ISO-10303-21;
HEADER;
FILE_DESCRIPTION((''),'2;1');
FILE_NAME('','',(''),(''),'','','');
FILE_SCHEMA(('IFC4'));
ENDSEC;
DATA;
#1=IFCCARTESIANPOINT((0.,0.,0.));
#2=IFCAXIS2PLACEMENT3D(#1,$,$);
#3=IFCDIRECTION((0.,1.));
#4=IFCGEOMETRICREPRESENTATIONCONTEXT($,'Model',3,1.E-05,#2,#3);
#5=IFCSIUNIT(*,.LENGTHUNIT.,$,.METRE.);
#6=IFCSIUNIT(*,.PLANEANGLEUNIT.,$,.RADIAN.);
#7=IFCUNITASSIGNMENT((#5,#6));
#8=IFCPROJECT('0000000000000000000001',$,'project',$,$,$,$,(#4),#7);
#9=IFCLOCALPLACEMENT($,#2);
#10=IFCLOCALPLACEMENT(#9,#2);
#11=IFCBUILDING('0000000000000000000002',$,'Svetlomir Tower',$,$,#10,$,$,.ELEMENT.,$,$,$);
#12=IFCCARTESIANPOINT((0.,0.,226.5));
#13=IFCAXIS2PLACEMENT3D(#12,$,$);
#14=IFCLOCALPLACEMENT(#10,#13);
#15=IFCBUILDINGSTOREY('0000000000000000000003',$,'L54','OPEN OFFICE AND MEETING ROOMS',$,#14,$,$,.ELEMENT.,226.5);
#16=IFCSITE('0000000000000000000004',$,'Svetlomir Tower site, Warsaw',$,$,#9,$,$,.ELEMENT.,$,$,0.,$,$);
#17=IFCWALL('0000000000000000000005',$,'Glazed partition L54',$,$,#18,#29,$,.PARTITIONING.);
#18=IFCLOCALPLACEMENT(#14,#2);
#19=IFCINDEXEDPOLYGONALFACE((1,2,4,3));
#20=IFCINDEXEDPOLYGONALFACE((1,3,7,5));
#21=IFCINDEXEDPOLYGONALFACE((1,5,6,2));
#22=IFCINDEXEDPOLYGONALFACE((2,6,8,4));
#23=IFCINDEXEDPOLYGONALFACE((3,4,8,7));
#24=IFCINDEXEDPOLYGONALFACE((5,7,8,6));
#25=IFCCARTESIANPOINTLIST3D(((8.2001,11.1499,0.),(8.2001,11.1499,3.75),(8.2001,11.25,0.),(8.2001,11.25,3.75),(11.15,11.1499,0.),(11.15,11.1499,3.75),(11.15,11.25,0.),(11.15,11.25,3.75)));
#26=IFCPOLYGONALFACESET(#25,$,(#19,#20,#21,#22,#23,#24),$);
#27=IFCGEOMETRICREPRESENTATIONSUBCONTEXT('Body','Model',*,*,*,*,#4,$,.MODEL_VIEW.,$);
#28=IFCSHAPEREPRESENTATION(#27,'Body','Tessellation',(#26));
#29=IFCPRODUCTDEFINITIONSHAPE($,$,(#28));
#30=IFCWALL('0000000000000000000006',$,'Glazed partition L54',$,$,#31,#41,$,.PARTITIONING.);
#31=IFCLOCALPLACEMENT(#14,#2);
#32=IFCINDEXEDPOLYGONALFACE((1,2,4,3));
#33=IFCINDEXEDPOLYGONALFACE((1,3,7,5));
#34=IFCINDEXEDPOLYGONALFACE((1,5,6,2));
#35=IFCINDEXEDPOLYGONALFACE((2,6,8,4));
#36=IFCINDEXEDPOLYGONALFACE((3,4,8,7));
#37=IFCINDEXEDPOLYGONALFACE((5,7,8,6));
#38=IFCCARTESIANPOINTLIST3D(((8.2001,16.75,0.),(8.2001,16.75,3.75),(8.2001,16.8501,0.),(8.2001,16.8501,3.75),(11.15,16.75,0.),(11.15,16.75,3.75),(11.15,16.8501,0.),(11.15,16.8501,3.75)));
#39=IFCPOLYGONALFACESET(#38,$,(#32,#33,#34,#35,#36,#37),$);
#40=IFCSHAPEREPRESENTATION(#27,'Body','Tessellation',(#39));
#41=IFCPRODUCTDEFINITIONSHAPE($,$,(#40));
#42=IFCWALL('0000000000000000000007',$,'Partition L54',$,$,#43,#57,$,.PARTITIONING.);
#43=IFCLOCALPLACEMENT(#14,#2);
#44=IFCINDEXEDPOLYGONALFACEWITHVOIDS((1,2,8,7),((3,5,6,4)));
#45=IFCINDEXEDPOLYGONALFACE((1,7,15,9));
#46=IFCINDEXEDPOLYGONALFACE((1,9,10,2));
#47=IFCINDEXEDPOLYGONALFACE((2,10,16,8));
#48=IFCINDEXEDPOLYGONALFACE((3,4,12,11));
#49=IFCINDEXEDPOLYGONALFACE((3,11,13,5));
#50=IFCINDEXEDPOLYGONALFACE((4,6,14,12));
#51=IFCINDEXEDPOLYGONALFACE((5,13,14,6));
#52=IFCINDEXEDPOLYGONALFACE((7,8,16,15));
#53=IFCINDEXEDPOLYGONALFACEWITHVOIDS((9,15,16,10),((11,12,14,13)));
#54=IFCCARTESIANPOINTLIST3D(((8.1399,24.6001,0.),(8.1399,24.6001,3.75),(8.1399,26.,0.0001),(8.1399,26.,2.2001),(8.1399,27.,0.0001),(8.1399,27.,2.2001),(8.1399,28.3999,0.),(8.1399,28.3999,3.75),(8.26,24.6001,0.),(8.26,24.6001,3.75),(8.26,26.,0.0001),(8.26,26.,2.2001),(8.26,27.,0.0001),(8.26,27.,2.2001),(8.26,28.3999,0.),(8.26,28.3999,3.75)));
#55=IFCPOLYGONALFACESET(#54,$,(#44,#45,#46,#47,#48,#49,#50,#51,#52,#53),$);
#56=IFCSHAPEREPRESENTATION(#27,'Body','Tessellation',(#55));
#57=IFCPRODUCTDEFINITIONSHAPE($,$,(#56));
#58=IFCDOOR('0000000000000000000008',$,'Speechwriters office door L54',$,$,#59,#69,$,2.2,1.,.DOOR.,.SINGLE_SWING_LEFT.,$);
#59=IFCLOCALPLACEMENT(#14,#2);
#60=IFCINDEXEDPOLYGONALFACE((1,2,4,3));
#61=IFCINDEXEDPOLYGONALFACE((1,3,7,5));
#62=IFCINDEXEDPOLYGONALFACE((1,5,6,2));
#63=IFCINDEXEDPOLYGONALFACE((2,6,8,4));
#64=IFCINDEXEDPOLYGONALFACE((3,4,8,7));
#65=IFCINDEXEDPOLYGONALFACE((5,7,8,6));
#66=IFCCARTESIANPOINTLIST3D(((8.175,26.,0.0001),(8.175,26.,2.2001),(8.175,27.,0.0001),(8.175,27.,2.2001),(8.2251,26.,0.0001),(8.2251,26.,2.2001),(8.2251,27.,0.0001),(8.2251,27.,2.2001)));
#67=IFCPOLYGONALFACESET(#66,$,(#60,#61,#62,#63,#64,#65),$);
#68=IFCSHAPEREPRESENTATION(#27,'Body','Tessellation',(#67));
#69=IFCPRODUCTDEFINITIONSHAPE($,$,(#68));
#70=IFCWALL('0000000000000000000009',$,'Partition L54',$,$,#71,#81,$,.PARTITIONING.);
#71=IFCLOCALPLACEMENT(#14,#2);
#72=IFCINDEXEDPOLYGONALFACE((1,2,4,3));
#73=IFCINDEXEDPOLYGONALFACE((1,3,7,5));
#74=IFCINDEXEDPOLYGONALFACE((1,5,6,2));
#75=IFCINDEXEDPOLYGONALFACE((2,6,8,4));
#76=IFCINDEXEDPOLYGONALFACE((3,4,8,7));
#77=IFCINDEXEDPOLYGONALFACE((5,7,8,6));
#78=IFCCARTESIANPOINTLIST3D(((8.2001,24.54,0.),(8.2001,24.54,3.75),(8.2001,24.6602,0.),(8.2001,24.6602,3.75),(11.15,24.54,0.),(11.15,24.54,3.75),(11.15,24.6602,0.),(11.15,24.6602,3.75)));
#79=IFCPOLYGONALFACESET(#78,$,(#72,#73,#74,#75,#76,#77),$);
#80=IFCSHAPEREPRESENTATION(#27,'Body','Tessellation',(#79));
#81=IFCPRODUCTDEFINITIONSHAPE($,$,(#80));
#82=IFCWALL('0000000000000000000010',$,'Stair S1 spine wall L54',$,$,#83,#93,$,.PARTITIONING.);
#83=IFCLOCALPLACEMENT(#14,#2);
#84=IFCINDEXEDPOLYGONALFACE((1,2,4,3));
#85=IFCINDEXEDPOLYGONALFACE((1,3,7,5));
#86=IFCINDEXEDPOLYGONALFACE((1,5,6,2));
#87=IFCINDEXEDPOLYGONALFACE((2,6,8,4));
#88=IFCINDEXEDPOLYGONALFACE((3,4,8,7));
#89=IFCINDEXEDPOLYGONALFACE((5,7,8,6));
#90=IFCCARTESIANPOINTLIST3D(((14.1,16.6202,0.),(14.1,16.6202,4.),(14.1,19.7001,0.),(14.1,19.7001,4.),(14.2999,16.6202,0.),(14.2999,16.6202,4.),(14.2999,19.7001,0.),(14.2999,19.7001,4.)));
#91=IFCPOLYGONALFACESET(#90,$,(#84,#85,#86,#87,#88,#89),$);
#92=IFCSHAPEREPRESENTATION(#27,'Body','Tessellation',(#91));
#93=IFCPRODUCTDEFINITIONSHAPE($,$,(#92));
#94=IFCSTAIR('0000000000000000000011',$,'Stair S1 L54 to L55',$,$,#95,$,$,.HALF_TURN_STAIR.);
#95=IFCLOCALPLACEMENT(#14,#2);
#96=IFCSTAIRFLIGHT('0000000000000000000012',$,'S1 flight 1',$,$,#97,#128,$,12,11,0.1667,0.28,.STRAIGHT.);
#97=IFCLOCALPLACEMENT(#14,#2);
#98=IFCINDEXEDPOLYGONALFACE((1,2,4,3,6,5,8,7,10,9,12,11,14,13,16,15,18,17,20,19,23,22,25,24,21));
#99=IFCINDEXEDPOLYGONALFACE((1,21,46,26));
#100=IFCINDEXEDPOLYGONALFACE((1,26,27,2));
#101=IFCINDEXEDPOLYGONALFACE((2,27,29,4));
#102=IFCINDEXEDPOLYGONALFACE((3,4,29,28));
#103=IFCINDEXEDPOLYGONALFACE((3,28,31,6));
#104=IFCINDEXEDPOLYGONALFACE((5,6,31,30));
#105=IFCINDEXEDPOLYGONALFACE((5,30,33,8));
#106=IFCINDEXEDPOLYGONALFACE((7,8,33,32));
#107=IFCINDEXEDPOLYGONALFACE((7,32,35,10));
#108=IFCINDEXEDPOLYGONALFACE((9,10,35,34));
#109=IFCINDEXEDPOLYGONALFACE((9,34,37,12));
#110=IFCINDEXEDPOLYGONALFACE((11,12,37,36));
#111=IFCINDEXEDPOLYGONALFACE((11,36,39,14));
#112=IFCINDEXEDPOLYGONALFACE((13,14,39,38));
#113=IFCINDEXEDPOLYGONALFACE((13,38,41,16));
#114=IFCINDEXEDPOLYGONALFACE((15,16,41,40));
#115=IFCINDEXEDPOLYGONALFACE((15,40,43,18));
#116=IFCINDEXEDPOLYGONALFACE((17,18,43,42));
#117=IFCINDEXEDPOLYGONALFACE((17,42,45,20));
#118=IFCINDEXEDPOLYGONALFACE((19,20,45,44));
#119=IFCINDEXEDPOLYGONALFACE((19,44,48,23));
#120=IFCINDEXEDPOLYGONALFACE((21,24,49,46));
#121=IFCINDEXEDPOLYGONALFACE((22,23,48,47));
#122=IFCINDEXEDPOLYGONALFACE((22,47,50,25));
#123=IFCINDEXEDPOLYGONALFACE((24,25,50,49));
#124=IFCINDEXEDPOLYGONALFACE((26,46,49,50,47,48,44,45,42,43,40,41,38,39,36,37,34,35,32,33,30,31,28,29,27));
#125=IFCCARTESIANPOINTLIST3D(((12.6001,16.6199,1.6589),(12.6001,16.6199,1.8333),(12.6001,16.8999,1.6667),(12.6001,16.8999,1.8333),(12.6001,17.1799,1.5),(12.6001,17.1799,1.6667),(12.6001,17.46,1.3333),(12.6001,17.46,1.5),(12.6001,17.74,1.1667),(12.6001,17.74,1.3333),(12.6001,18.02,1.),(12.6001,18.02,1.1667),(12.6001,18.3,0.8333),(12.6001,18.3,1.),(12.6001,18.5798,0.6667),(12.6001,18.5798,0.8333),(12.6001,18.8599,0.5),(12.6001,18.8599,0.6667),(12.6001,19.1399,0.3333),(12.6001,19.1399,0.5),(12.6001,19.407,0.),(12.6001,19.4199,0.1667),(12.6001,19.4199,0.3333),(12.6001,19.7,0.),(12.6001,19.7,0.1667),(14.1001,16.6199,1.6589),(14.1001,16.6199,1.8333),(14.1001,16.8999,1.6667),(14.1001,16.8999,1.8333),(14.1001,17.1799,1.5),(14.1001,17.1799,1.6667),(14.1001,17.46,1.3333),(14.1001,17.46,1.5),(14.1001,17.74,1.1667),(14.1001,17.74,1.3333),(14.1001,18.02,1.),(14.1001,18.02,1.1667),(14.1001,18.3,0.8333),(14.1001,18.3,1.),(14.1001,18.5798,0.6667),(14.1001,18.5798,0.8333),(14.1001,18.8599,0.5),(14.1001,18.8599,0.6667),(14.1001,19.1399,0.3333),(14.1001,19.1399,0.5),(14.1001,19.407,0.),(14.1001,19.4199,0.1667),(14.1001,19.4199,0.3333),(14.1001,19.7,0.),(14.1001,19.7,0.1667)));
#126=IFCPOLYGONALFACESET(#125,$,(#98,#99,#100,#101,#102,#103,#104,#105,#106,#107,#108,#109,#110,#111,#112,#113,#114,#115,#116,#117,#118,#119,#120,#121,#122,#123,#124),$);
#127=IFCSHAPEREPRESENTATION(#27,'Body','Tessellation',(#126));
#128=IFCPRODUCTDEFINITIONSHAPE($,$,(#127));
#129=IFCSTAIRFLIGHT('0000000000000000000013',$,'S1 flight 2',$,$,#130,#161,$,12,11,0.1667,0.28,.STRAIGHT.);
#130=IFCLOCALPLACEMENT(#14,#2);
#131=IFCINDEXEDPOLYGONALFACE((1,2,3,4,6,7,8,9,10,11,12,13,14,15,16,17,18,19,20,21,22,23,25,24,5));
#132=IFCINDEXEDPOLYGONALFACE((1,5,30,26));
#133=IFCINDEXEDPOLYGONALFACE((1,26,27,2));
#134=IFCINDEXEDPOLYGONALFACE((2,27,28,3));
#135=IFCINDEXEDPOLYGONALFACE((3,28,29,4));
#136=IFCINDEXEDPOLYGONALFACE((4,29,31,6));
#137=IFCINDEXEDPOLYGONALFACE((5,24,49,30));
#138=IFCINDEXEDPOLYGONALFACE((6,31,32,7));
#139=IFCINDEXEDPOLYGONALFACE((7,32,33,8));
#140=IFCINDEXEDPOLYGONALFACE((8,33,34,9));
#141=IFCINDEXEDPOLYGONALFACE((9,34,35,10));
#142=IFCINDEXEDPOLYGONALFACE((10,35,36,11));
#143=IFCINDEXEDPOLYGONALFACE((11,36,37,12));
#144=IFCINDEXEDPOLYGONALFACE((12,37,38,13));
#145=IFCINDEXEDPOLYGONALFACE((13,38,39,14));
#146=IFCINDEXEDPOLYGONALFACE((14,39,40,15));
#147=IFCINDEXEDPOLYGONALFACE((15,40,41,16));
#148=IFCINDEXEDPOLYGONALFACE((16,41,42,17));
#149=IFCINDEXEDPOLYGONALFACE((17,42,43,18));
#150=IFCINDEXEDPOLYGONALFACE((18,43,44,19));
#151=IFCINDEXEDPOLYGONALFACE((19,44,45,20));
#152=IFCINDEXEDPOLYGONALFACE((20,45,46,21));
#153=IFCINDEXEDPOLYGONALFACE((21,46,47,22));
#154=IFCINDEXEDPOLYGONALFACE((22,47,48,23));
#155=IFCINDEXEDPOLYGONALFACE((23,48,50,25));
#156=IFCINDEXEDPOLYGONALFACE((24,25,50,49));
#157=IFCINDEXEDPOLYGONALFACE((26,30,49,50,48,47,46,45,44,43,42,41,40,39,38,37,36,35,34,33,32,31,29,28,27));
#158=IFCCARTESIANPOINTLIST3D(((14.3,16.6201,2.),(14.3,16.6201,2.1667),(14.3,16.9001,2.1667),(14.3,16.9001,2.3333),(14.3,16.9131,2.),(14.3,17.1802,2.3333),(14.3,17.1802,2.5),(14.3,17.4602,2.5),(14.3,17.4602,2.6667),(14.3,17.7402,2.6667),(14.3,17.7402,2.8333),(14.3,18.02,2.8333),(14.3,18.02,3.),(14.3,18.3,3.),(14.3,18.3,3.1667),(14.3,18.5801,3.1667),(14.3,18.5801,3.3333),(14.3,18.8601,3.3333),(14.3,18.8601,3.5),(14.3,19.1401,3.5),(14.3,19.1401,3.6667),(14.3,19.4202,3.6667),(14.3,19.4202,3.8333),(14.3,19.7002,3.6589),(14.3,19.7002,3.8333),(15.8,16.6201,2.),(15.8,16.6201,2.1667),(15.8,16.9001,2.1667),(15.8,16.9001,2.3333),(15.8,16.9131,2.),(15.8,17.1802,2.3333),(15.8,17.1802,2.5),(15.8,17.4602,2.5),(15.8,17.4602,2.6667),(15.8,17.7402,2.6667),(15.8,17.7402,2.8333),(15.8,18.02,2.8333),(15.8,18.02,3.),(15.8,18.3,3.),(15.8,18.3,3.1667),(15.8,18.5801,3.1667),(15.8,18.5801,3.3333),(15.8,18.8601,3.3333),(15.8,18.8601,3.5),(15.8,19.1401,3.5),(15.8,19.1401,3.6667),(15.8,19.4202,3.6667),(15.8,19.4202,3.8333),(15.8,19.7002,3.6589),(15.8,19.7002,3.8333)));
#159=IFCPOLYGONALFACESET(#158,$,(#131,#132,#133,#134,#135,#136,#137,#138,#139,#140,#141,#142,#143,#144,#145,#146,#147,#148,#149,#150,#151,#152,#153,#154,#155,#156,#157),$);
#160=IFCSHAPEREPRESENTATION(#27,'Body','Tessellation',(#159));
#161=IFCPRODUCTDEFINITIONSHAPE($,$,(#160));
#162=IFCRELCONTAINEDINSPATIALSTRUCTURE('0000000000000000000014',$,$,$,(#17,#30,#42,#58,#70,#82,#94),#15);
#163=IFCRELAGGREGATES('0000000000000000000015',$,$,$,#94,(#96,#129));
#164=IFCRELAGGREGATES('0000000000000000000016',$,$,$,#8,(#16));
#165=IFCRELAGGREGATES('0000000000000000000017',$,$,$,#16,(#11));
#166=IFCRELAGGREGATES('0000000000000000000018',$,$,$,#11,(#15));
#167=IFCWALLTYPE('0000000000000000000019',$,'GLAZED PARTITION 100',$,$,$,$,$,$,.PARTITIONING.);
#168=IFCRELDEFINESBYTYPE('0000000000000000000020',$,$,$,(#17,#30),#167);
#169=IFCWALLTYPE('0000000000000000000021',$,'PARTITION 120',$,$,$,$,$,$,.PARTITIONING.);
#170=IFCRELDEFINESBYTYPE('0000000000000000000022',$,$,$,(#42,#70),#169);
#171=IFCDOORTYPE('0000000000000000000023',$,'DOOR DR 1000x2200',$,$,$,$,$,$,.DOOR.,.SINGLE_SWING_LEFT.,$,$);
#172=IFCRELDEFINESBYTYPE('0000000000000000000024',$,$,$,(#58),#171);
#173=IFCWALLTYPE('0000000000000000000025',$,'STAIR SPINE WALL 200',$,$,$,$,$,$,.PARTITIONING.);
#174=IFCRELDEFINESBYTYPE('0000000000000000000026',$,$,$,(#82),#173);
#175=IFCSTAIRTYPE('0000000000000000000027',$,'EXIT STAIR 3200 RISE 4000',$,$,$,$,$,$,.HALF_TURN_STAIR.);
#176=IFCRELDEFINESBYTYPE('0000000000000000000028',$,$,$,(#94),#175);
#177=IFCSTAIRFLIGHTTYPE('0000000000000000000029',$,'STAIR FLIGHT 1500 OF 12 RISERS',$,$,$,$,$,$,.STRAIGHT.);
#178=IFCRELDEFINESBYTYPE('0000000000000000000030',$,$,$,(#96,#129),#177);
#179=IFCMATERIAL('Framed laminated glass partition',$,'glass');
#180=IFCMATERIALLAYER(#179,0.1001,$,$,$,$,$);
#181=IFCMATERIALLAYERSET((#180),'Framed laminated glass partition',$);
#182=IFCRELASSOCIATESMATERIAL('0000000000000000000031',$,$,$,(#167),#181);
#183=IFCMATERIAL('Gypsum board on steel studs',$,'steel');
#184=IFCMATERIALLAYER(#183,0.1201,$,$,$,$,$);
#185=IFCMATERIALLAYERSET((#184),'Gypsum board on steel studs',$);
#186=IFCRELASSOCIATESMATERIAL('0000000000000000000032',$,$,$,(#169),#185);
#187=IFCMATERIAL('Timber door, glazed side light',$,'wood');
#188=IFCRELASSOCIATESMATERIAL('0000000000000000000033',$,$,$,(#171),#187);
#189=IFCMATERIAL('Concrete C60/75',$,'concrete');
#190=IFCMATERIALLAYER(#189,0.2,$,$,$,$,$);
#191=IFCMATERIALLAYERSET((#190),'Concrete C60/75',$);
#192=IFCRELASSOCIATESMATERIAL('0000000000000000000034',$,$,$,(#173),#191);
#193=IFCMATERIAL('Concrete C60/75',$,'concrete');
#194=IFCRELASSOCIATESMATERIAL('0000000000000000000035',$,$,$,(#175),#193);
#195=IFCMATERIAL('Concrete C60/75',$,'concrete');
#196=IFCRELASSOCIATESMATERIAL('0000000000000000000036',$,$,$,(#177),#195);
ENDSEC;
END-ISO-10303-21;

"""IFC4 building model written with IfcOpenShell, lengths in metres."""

from ifc_helpers import new_model, si_unit, direction, frame, frame_2d, origin, place, context, subcontext, project, spatial, polyline, rectangle, outline, extrude, material, layer, layer_set, type_object, element, fill, aggregate, save


model = new_model("IFC4")

# Units and contexts
model_context = context("Model", 3, precision=1e-05, world=origin(), true_north=direction((0.0, 1.0)))
body_context = subcontext(model_context, "Body", "Model", "MODEL_VIEW")
ifc_project = project(units=[si_unit("LENGTHUNIT", "METRE"), si_unit("PLANEANGLEUNIT", "RADIAN")], contexts=[model_context])

# Site, building, storey
site_placement = place(None, origin())
site = spatial("IfcSite", under=ifc_project, at=site_placement, Name="Svetlomir Tower site, Warsaw", CompositionType="ELEMENT", RefElevation=0.0)
building_placement = place(site_placement, origin())
building = spatial("IfcBuilding", under=site, at=building_placement, Name="Svetlomir Tower", CompositionType="ELEMENT")
storey_placement = place(building_placement, frame((0.0, 0.0, 226.5)))
storey = spatial("IfcBuildingStorey", under=building, at=storey_placement, Name="L54", Description="OPEN OFFICE AND MEETING ROOMS", CompositionType="ELEMENT", Elevation=226.5)

# Shared definitions
ifc_material_1 = material(Name="Framed laminated glass partition", Category="glass")
ifc_layer_1 = layer(ifc_material_1, 0.1001)
ifc_layer_set_1 = layer_set([ifc_layer_1], Name="Framed laminated glass partition")
wall_type_1 = type_object("IfcWallType", Name="GLAZED PARTITION 100", PredefinedType="PARTITIONING", material=ifc_layer_set_1)

# Walls
for number, where, z_axis, x_axis, name in (
    (1, (8.2, 11.2, 0.0), (0.0, 0.0, 1.0), (1.0, 0.0, 0.0), "Glazed partition L54"),
    (2, (8.2, 16.8, 0.0), (0.0, 0.0, 1.0), (1.0, 0.0, 0.0), "Glazed partition L54"),
):
    element("IfcWall", number, at=place(storey_placement, frame(where, z_axis=z_axis, x_axis=x_axis)), inside=storey, type_object=wall_type_1, Name=name, PredefinedType="PARTITIONING", context=body_context, shape_type="SweptSolid", body=[
        extrude(rectangle(XDim=2.95, YDim=0.1001, at=frame_2d((1.4751, 0.0))), origin(), (0.0, 0.0, 1.0), 3.75),
    ])

# Wall, opening, door
ifc_material_2 = material(Name="Gypsum board on steel studs", Category="steel")
ifc_layer_2 = layer(ifc_material_2, 0.1201)
ifc_layer_set_2 = layer_set([ifc_layer_2], Name="Gypsum board on steel studs")
wall_type_2 = type_object("IfcWallType", Name="PARTITION 120", PredefinedType="PARTITIONING", material=ifc_layer_set_2)
wall_1_placement = place(storey_placement, frame((8.2, 24.6001, 0.0), z_axis=(0.0, 0.0, 1.0), x_axis=(0.0, 1.0, 0.0)))
wall_1 = element("IfcWall", 3, at=wall_1_placement, inside=storey, type_object=wall_type_2, Name="Partition L54", PredefinedType="PARTITIONING", context=body_context, shape_type="SweptSolid", body=[
    extrude(rectangle(XDim=3.7998, YDim=0.1201, at=frame_2d((1.8999, 0.0))), origin(), (0.0, 0.0, 1.0), 3.75),
])
opening_1_placement = place(wall_1_placement, frame((1.3999, 0.0, 0.0)))
opening_1 = element("IfcOpeningElement", 4, at=opening_1_placement, cuts=wall_1, PredefinedType="OPENING", context=body_context, shape_type="SweptSolid", body=[
    extrude(rectangle(XDim=1.0, YDim=2.2, at=frame_2d((0.5, 1.1001))), frame((0.0, 0.0701, 0.0), z_axis=(0.0, -1.0, 0.0), x_axis=(1.0, 0.0, 0.0)), (0.0, 0.0, 1.0), 0.1401),
])
ifc_material_3 = material(Name="Timber door, glazed side light", Category="wood")
door_type_1 = type_object("IfcDoorType", Name="DOOR DR 1000x2200", OperationType="SINGLE_SWING_LEFT", PredefinedType="DOOR", material=ifc_material_3)
door_1_placement = place(opening_1_placement, origin())
door_1 = element("IfcDoor", 5, at=door_1_placement, inside=storey, type_object=door_type_1, Name="Speechwriters office door L54", OperationType="SINGLE_SWING_LEFT", OverallHeight=2.2, OverallWidth=1.0, PredefinedType="DOOR", context=body_context, shape_type="SweptSolid", body=[
    extrude(rectangle(XDim=1.0, YDim=2.2, at=frame_2d((0.5, 1.1001))), frame((0.0, 0.0249, 0.0), z_axis=(0.0, -1.0, 0.0), x_axis=(1.0, 0.0, 0.0)), (0.0, 0.0, 1.0), 0.05),
])
fill(opening_1, door_1)

# Walls
wall_2_placement = place(storey_placement, frame((8.2, 24.6001, 0.0), z_axis=(0.0, 0.0, 1.0), x_axis=(1.0, 0.0, 0.0)))
element("IfcWall", 6, at=wall_2_placement, inside=storey, type_object=wall_type_2, Name="Partition L54", PredefinedType="PARTITIONING", context=body_context, shape_type="SweptSolid", body=[
    extrude(rectangle(XDim=2.95, YDim=0.1201, at=frame_2d((1.4751, 0.0))), origin(), (0.0, 0.0, 1.0), 3.75),
])
ifc_material_4 = material(Name="Concrete C60/75", Category="concrete")
ifc_layer_3 = layer(ifc_material_4, 0.2)
ifc_layer_set_3 = layer_set([ifc_layer_3], Name="Concrete C60/75")
wall_type_3 = type_object("IfcWallType", Name="STAIR SPINE WALL 200", PredefinedType="PARTITIONING", material=ifc_layer_set_3)
wall_3_placement = place(storey_placement, frame((14.2, 16.6201, 0.0), z_axis=(0.0, 0.0, 1.0), x_axis=(0.0, 1.0, 0.0)))
element("IfcWall", 7, at=wall_3_placement, inside=storey, type_object=wall_type_3, Name="Stair S1 spine wall L54", PredefinedType="PARTITIONING", context=body_context, shape_type="SweptSolid", body=[
    extrude(rectangle(XDim=3.0798, YDim=0.2, at=frame_2d((1.54, 0.0))), origin(), (0.0, 0.0, 1.0), 4.0),
])

# Stair, stair flights
ifc_material_5 = material(Name="Concrete C60/75", Category="concrete")
stair_type = type_object("IfcStairType", Name="EXIT STAIR 3200 RISE 4000", PredefinedType="HALF_TURN_STAIR", material=ifc_material_5)
stair_placement = place(storey_placement, origin())
stair = element("IfcStair", 8, at=stair_placement, inside=storey, type_object=stair_type, Name="Stair S1 L54 to L55", PredefinedType="HALF_TURN_STAIR")
ifc_material_6 = material(Name="Concrete C60/75", Category="concrete")
stair_flight_type = type_object("IfcStairFlightType", Name="STAIR FLIGHT 1500 OF 12 RISERS", PredefinedType="STRAIGHT", material=ifc_material_6)
stair_flight_1_placement = place(storey_placement, frame((13.3501, 19.7, 0.0), z_axis=(0.0, 0.0, 1.0), x_axis=(0.0, -1.0, 0.0)))
stair_flight_1 = element("IfcStairFlight", 9, at=stair_flight_1_placement, type_object=stair_flight_type, Name="S1 flight 1", NumberOfRisers=12, NumberOfTreads=11, PredefinedType="STRAIGHT", RiserHeight=0.1667, TreadLength=0.28, context=body_context, shape_type="SweptSolid", body=[
    extrude(outline(polyline([(0.0, 0.0), (0.0, 0.1667), (0.28, 0.1667), (0.28, 0.3333), (0.5601, 0.3333), (0.5601, 0.5), (0.8401, 0.5), (0.8401, 0.6667), (1.1201, 0.6667), (1.1201, 0.8333), (1.3999, 0.8333), (1.3999, 1.0), (1.6799, 1.0), (1.6799, 1.1667), (1.96, 1.1667), (1.96, 1.3333), (2.24, 1.3333), (2.24, 1.5), (2.52, 1.5), (2.52, 1.6667), (2.8, 1.6667), (2.8, 1.8333), (3.0801, 1.8333), (3.0801, 2.0), (3.0801, 1.6589), (0.293, 0.0), (0.0, 0.0)])), frame((0.0, 0.75, 0.0), z_axis=(0.0, -1.0, 0.0), x_axis=(1.0, 0.0, 0.0)), (0.0, 0.0, 1.0), 1.5),
])
stair_flight_2_placement = place(storey_placement, frame((15.05, 16.6201, 2.0), z_axis=(0.0, 0.0, 1.0), x_axis=(0.0, 1.0, 0.0)))
stair_flight_2 = element("IfcStairFlight", 10, at=stair_flight_2_placement, type_object=stair_flight_type, Name="S1 flight 2", NumberOfRisers=12, NumberOfTreads=11, PredefinedType="STRAIGHT", RiserHeight=0.1667, TreadLength=0.28, context=body_context, shape_type="SweptSolid", body=[
    extrude(outline(polyline([(0.0, 0.0), (0.0, 0.1667), (0.28, 0.1667), (0.28, 0.3333), (0.5601, 0.3333), (0.5601, 0.5), (0.8401, 0.5), (0.8401, 0.6667), (1.1201, 0.6667), (1.1201, 0.8333), (1.3999, 0.8333), (1.3999, 1.0), (1.6799, 1.0), (1.6799, 1.1667), (1.96, 1.1667), (1.96, 1.3333), (2.24, 1.3333), (2.24, 1.5), (2.52, 1.5), (2.52, 1.6667), (2.8, 1.6667), (2.8, 1.8333), (3.0801, 1.8333), (3.0801, 2.0), (3.0801, 1.6589), (0.293, 0.0), (0.0, 0.0)])), frame((0.0, 0.75, 0.0), z_axis=(0.0, -1.0, 0.0), x_axis=(1.0, 0.0, 0.0)), (0.0, 0.0, 1.0), 1.5),
])
aggregate(stair, [stair_flight_1, stair_flight_2])

save(model, "model.ifc")
